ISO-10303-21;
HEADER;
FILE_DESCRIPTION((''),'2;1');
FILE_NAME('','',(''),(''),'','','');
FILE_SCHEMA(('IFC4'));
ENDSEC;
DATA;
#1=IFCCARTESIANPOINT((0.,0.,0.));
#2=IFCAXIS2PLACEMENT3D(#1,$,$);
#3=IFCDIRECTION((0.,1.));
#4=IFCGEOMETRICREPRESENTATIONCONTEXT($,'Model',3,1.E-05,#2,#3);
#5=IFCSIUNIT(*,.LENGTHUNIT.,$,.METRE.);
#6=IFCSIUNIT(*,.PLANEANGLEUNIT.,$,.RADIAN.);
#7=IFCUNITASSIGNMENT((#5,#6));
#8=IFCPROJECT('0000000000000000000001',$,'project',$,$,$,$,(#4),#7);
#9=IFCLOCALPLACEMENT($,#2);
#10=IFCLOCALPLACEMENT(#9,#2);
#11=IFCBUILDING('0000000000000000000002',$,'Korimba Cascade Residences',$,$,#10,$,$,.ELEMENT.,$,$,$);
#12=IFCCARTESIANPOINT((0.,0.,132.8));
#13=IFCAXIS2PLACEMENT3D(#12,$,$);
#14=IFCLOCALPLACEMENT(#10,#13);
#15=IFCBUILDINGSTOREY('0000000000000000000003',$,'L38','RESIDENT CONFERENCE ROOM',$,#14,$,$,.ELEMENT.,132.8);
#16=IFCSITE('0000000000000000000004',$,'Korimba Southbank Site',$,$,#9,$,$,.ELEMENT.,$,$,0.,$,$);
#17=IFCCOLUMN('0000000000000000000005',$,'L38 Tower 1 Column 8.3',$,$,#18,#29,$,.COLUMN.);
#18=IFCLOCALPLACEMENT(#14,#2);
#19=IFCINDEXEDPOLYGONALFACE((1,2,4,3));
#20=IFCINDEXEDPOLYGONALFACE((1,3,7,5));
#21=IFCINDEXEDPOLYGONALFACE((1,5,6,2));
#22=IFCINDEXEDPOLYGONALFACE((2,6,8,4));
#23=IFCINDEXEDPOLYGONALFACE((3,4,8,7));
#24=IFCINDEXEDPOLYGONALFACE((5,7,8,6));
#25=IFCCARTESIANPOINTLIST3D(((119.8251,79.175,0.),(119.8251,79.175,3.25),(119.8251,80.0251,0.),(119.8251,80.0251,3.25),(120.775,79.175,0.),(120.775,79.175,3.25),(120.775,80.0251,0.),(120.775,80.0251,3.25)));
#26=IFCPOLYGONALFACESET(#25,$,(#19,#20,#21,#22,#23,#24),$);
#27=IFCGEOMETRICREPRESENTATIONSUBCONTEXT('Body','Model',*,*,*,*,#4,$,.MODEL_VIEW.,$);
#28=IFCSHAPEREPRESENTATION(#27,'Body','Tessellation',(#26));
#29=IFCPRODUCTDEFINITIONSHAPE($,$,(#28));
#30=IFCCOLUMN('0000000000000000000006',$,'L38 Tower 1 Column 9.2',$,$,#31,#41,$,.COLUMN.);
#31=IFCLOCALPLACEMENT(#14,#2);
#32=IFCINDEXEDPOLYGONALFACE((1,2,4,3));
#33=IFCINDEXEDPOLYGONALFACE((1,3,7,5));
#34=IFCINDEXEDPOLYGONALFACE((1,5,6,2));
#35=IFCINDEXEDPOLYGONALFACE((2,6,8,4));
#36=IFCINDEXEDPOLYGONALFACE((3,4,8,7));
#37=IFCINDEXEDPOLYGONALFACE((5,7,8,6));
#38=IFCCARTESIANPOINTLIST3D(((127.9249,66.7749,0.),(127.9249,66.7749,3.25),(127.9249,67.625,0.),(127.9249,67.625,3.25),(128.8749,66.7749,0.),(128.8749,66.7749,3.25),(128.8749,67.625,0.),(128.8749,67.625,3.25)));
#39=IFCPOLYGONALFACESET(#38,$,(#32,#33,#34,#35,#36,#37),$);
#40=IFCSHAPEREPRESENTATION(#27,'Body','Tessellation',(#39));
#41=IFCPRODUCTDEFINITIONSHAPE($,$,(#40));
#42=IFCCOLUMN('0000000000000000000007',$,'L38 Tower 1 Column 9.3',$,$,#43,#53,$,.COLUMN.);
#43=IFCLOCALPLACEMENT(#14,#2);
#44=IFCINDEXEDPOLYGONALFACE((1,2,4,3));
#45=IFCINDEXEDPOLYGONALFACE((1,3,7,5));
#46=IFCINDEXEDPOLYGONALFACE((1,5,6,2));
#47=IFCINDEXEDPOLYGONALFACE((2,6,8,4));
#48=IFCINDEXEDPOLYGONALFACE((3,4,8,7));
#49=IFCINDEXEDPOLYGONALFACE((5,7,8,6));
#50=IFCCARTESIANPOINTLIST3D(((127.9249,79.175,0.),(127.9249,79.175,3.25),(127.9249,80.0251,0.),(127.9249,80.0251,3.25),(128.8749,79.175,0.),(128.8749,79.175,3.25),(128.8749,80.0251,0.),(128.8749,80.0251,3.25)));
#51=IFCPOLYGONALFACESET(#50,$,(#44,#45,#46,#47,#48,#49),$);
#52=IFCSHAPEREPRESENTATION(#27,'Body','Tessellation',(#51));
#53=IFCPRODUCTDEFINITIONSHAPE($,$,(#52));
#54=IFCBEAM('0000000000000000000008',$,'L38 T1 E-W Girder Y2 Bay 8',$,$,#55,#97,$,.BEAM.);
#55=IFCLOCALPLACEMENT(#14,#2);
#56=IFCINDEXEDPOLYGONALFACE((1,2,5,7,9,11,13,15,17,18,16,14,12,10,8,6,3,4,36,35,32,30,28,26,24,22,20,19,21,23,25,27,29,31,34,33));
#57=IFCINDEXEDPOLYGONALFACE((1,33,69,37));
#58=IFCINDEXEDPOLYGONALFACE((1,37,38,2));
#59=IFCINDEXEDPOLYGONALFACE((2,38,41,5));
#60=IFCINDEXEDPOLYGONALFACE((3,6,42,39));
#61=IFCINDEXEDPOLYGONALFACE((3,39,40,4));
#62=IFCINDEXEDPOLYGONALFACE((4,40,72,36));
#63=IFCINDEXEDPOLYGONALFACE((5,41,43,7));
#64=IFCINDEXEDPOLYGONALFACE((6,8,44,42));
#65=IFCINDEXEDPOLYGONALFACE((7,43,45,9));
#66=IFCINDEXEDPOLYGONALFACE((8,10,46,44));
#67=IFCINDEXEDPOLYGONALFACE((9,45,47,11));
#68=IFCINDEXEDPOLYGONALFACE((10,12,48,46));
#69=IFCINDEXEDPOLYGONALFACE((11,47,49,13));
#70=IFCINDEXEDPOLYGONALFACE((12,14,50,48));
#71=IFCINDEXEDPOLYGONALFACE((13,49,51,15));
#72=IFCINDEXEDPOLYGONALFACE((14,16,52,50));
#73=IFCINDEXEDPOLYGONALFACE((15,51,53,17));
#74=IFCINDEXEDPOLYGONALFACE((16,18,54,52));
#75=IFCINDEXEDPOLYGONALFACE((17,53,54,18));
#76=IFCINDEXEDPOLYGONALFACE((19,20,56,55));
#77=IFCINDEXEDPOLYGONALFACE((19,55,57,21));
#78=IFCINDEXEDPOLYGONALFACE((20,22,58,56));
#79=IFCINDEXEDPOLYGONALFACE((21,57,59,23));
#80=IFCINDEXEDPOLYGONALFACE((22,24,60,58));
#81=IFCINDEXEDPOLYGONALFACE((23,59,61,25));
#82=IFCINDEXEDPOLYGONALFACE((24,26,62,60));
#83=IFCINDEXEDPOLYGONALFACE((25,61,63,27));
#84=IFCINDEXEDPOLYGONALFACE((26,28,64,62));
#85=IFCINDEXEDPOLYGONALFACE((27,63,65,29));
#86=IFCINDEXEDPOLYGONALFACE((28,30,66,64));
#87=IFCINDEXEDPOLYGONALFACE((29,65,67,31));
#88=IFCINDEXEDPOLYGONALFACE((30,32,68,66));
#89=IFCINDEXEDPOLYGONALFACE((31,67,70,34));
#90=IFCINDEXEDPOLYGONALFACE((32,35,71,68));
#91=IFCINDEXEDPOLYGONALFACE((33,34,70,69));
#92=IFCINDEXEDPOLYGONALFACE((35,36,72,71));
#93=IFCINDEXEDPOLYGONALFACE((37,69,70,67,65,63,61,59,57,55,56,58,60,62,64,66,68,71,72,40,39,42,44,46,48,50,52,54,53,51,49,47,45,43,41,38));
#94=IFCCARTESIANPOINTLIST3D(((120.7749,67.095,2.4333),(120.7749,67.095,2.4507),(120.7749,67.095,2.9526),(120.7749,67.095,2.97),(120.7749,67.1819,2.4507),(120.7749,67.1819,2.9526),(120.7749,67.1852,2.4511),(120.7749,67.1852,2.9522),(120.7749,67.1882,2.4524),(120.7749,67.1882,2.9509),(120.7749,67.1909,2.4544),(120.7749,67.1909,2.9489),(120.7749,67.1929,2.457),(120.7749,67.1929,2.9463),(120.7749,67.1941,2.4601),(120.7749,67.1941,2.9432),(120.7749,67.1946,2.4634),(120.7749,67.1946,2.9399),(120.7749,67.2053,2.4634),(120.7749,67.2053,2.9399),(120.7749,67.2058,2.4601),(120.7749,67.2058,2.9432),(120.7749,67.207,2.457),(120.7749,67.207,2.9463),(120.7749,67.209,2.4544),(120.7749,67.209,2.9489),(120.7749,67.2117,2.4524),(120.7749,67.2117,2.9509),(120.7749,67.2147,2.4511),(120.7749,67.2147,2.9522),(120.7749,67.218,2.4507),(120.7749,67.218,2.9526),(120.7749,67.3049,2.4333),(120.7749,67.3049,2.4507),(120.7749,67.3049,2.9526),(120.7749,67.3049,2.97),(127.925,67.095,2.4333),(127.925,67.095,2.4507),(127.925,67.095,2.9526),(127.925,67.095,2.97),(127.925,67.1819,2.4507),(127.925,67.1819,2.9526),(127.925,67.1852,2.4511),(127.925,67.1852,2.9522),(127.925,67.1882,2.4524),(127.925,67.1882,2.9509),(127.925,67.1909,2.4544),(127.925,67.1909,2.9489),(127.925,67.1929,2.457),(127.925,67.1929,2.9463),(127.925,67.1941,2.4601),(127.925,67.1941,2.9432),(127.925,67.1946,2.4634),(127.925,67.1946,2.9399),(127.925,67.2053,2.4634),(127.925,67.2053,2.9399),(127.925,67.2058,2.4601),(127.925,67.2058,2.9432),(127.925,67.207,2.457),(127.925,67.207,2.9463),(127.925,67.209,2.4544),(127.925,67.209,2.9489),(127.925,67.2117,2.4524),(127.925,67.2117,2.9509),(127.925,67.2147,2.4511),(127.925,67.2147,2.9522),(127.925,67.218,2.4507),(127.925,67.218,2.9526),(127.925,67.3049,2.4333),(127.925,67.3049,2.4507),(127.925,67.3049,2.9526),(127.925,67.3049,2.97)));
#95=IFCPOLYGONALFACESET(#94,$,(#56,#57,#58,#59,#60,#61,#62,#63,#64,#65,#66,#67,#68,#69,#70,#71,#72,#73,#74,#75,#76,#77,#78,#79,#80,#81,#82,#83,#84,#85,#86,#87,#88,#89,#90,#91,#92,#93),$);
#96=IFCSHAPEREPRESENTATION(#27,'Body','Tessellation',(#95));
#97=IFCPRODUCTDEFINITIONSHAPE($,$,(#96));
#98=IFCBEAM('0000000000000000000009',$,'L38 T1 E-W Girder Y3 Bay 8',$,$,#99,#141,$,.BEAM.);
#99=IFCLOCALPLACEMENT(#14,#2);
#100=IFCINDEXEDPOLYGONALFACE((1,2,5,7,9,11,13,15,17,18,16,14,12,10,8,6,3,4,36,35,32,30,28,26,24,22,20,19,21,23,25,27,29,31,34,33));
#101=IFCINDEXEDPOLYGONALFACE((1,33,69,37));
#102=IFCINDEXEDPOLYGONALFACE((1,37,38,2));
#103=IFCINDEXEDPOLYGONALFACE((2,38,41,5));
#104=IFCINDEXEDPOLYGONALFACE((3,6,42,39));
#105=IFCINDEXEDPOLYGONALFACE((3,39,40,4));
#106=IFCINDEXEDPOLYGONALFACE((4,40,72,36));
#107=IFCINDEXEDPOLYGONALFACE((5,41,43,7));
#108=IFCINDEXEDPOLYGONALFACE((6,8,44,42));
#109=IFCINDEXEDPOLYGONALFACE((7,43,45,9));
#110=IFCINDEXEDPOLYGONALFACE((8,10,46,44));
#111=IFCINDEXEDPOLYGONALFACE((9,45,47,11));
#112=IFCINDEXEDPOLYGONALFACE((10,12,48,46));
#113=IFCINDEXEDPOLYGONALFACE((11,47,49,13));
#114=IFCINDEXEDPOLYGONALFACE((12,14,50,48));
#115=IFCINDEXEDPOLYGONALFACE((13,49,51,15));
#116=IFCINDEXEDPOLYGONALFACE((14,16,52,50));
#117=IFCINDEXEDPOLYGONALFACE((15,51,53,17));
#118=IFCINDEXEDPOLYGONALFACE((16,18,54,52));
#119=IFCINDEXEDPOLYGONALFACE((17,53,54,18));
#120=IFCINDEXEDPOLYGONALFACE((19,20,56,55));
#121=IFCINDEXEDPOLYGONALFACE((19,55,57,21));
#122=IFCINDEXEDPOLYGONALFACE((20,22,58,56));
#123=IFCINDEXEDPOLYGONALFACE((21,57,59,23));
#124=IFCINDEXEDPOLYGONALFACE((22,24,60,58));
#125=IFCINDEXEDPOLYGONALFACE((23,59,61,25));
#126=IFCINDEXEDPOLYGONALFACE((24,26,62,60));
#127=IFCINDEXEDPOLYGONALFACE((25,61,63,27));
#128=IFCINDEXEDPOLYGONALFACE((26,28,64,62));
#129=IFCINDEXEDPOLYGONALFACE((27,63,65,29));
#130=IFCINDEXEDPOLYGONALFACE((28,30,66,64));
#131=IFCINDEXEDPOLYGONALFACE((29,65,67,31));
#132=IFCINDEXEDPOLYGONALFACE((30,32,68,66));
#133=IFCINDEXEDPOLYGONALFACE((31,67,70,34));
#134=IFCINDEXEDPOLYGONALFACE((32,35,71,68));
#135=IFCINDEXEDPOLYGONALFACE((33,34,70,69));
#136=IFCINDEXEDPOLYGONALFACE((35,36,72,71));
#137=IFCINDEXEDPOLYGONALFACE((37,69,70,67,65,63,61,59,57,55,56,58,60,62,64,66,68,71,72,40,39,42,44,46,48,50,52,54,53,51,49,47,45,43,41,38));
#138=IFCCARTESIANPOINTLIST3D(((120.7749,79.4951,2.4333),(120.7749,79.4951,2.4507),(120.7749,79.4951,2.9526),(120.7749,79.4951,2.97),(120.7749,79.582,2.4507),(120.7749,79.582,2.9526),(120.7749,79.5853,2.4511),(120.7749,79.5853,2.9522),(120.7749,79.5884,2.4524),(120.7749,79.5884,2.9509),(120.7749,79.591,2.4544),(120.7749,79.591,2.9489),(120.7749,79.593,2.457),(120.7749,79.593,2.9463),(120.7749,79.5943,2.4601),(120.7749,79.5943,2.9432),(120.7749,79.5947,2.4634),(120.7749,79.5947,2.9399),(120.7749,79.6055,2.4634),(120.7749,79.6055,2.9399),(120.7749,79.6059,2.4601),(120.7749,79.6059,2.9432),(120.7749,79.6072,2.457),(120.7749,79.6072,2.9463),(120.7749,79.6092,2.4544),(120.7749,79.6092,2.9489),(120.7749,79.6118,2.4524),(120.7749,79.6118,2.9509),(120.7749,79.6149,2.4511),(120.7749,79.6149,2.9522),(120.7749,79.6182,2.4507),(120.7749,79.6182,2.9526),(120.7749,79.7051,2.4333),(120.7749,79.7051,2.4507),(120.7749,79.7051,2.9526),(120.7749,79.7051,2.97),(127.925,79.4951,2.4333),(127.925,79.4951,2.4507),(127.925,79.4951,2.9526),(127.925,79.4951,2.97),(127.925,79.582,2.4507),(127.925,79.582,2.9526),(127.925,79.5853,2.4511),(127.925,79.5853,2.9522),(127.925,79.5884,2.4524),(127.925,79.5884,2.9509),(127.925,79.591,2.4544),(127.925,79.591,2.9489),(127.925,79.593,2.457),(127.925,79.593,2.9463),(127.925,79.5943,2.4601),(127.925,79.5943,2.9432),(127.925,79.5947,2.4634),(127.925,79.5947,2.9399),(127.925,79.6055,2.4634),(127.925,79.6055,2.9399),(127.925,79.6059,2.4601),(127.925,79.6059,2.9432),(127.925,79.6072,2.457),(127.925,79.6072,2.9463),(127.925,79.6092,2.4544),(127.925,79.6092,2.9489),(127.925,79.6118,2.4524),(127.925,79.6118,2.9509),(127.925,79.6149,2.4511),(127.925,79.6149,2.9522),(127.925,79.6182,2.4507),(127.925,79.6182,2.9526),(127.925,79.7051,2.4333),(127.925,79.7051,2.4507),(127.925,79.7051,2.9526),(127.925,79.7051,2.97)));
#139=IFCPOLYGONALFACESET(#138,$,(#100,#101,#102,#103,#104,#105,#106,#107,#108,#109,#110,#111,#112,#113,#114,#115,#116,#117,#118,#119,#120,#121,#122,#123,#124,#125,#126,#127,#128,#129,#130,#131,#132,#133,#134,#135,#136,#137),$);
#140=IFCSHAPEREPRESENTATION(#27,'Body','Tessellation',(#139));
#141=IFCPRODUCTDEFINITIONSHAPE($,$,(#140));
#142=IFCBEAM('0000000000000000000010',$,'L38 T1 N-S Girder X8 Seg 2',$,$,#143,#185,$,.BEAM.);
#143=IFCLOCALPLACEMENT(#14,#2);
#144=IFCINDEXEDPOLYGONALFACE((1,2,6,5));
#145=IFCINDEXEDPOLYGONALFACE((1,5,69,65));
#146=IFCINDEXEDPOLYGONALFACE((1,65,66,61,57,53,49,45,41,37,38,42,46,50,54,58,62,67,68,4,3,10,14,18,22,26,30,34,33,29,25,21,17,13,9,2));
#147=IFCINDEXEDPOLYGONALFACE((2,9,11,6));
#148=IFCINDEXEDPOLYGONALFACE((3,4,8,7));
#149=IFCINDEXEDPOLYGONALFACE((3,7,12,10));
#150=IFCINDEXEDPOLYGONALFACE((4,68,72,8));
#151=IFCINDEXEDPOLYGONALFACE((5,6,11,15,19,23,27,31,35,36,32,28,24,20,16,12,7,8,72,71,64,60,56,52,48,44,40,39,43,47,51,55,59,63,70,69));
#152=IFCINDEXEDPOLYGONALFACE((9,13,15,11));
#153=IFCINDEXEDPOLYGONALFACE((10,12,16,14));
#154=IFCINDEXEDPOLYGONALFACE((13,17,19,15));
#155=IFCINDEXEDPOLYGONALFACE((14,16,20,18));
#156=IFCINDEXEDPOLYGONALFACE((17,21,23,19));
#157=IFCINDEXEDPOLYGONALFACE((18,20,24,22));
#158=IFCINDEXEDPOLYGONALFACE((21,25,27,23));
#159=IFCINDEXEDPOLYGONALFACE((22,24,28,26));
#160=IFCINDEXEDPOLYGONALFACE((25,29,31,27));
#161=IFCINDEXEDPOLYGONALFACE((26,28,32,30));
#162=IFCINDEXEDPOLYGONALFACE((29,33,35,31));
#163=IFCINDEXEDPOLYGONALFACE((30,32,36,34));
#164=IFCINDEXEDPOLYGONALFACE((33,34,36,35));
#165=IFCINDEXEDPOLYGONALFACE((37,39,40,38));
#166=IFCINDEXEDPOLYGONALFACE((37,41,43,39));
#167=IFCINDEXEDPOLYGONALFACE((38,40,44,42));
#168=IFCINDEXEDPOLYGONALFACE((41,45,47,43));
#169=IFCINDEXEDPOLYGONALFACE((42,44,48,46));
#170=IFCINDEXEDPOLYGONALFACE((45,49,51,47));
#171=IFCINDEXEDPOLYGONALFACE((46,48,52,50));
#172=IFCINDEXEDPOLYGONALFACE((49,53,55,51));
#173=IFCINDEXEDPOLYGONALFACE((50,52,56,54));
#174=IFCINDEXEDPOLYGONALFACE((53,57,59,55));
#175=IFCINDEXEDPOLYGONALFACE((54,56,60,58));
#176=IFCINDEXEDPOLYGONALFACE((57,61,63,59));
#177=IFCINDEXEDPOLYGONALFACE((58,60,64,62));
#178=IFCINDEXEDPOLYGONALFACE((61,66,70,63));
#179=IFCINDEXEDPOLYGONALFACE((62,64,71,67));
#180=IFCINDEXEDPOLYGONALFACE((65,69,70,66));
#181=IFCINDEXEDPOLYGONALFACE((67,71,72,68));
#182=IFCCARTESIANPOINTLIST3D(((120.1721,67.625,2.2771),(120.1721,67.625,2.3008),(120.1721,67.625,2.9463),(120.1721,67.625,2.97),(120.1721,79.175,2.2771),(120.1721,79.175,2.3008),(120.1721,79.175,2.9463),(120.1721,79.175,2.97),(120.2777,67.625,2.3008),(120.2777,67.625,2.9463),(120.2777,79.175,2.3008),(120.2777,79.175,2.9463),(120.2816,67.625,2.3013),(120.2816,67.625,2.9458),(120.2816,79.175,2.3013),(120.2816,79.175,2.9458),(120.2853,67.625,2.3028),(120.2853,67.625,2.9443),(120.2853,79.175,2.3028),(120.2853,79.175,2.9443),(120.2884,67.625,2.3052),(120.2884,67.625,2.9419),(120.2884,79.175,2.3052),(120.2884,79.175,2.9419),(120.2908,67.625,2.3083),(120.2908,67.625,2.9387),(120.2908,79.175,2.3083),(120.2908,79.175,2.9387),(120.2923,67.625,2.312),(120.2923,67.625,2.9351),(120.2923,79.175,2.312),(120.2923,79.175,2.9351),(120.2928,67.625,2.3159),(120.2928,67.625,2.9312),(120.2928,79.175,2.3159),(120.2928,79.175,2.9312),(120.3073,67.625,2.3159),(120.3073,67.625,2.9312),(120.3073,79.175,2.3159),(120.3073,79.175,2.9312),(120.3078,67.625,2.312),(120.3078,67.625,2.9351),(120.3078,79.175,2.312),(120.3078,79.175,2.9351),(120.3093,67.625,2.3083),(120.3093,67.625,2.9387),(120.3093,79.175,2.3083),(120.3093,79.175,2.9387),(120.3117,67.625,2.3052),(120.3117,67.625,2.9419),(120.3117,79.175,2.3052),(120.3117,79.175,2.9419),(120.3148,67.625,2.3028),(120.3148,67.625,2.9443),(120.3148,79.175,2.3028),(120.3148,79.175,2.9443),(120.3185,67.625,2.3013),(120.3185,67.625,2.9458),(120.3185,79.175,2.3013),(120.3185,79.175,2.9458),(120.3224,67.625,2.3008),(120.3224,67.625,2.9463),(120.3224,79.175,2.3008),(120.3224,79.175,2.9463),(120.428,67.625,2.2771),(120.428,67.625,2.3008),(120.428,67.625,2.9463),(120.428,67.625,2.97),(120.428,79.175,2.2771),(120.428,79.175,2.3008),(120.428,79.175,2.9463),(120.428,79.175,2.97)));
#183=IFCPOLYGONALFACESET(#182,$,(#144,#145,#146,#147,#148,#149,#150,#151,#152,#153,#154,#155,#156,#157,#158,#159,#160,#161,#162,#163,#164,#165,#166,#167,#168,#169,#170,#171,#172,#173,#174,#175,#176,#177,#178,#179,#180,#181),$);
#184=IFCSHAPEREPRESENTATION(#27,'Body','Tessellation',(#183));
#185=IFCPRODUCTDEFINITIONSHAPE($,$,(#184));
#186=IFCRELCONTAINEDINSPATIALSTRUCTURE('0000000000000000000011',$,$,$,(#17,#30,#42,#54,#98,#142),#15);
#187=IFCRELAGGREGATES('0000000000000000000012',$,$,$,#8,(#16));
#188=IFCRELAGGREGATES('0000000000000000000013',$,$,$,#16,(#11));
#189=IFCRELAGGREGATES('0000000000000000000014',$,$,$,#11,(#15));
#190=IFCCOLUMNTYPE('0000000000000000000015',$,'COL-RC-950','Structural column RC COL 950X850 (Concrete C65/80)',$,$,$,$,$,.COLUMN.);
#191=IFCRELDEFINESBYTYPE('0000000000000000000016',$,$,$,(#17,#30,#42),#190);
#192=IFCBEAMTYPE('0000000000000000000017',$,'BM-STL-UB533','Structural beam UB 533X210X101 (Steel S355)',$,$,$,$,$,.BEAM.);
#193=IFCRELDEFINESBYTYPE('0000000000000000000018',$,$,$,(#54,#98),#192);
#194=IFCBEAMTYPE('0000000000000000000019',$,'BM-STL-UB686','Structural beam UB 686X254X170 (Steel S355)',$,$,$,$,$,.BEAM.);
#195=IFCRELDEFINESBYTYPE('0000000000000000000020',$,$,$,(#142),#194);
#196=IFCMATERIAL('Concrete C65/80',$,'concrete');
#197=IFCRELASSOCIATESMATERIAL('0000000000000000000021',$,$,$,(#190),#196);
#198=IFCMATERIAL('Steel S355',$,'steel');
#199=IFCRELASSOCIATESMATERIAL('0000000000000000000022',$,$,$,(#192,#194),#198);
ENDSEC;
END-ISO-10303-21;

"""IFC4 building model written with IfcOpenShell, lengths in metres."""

from ifc_helpers import new_model, si_unit, direction, frame, origin, origin_2d, place, context, subcontext, project, spatial, rectangle, i_section, extrude, material, material_profile, profile_set, type_object, element, save


model = new_model("IFC4")

# Units and contexts
model_context = context("Model", 3, precision=1e-05, world=origin(), true_north=direction((0.0, 1.0)))
body_context = subcontext(model_context, "Body", "Model", "MODEL_VIEW")
ifc_project = project(units=[si_unit("LENGTHUNIT", "METRE"), si_unit("PLANEANGLEUNIT", "RADIAN")], contexts=[model_context])

# Site, building, storey
site_placement = place(None, origin())
site = spatial("IfcSite", under=ifc_project, at=site_placement, Name="Korimba Southbank Site", CompositionType="ELEMENT", RefElevation=0.0)
building_placement = place(site_placement, origin())
building = spatial("IfcBuilding", under=site, at=building_placement, Name="Korimba Cascade Residences", CompositionType="ELEMENT")
storey_placement = place(building_placement, frame((0.0, 0.0, 132.8)))
storey = spatial("IfcBuildingStorey", under=building, at=storey_placement, Name="L38", Description="RESIDENT CONFERENCE ROOM", CompositionType="ELEMENT", Elevation=132.8)

# Columns
ifc_material_1 = material(Name="Concrete C65/80", Category="concrete")
ifc_material_profile_1 = material_profile(ifc_material_1, rectangle(XDim=0.95, YDim=0.8501, at=origin_2d()), Name="Concrete C65/80")
ifc_profile_set_1 = profile_set([ifc_material_profile_1], Name="Concrete C65/80")
column_type = type_object("IfcColumnType", Name="COL-RC-950", Description="Structural column RC COL 950X850 (Concrete C65/80)", PredefinedType="COLUMN", material=ifc_profile_set_1)
for number, where, z_axis, x_axis, name in (
    (1, (120.3, 79.6001, 0.0), (0.0, 0.0, 1.0), (1.0, 0.0, 0.0), "L38 Tower 1 Column 8.3"),
    (2, (128.3999, 67.2, 0.0), (0.0, 0.0, 1.0), (1.0, 0.0, 0.0), "L38 Tower 1 Column 9.2"),
    (3, (128.3999, 79.6001, 0.0), (0.0, 0.0, 1.0), (1.0, 0.0, 0.0), "L38 Tower 1 Column 9.3"),
):
    element("IfcColumn", number, at=place(storey_placement, frame(where, z_axis=z_axis, x_axis=x_axis)), inside=storey, type_object=column_type, Name=name, PredefinedType="COLUMN", context=body_context, shape_type="SweptSolid", body=[
        extrude(rectangle(XDim=0.95, YDim=0.8501, at=origin_2d()), origin(), (0.0, 0.0, 1.0), 3.25),
    ])

# Beams
ifc_material_2 = material(Name="Steel S355", Category="steel")
ifc_material_profile_2 = material_profile(ifc_material_2, i_section(OverallWidth=0.21, OverallDepth=0.5366, WebThickness=0.0107, FlangeThickness=0.0173, FilletRadius=0.0127, at=origin_2d()), Name="Steel S355")
ifc_profile_set_2 = profile_set([ifc_material_profile_2], Name="Steel S355")
beam_type_1 = type_object("IfcBeamType", Name="BM-STL-UB533", Description="Structural beam UB 533X210X101 (Steel S355)", PredefinedType="BEAM", material=ifc_profile_set_2)
for number, where, z_axis, x_axis, name in (
    (4, (120.7749, 67.2, 2.7017), (1.0, 0.0, 0.0), (0.0, 1.0, 0.0), "L38 T1 E-W Girder Y2 Bay 8"),
    (5, (120.7749, 79.6001, 2.7017), (1.0, 0.0, 0.0), (0.0, 1.0, 0.0), "L38 T1 E-W Girder Y3 Bay 8"),
):
    element("IfcBeam", number, at=place(storey_placement, frame(where, z_axis=z_axis, x_axis=x_axis)), inside=storey, type_object=beam_type_1, Name=name, PredefinedType="BEAM", context=body_context, shape_type="SweptSolid", body=[
        extrude(i_section(OverallWidth=0.21, OverallDepth=0.5366, WebThickness=0.0107, FlangeThickness=0.0173, FilletRadius=0.0127, at=origin_2d()), origin(), (0.0, 0.0, 1.0), 7.1501),
    ])
ifc_material_profile_3 = material_profile(ifc_material_2, i_section(OverallWidth=0.2559, OverallDepth=0.6929, WebThickness=0.0144, FlangeThickness=0.0237, FilletRadius=0.0151, at=origin_2d()), Name="Steel S355")
ifc_profile_set_3 = profile_set([ifc_material_profile_3], Name="Steel S355")
beam_type_2 = type_object("IfcBeamType", Name="BM-STL-UB686", Description="Structural beam UB 686X254X170 (Steel S355)", PredefinedType="BEAM", material=ifc_profile_set_3)
beam_1_placement = place(storey_placement, frame((120.3, 67.625, 2.6235), z_axis=(0.0, 1.0, 0.0), x_axis=(-1.0, 0.0, 0.0)))
element("IfcBeam", 6, at=beam_1_placement, inside=storey, type_object=beam_type_2, Name="L38 T1 N-S Girder X8 Seg 2", PredefinedType="BEAM", context=body_context, shape_type="SweptSolid", body=[
    extrude(i_section(OverallWidth=0.2559, OverallDepth=0.6929, WebThickness=0.0144, FlangeThickness=0.0237, FilletRadius=0.0151, at=origin_2d()), origin(), (0.0, 0.0, 1.0), 11.55),
])

save(model, "model.ifc")
